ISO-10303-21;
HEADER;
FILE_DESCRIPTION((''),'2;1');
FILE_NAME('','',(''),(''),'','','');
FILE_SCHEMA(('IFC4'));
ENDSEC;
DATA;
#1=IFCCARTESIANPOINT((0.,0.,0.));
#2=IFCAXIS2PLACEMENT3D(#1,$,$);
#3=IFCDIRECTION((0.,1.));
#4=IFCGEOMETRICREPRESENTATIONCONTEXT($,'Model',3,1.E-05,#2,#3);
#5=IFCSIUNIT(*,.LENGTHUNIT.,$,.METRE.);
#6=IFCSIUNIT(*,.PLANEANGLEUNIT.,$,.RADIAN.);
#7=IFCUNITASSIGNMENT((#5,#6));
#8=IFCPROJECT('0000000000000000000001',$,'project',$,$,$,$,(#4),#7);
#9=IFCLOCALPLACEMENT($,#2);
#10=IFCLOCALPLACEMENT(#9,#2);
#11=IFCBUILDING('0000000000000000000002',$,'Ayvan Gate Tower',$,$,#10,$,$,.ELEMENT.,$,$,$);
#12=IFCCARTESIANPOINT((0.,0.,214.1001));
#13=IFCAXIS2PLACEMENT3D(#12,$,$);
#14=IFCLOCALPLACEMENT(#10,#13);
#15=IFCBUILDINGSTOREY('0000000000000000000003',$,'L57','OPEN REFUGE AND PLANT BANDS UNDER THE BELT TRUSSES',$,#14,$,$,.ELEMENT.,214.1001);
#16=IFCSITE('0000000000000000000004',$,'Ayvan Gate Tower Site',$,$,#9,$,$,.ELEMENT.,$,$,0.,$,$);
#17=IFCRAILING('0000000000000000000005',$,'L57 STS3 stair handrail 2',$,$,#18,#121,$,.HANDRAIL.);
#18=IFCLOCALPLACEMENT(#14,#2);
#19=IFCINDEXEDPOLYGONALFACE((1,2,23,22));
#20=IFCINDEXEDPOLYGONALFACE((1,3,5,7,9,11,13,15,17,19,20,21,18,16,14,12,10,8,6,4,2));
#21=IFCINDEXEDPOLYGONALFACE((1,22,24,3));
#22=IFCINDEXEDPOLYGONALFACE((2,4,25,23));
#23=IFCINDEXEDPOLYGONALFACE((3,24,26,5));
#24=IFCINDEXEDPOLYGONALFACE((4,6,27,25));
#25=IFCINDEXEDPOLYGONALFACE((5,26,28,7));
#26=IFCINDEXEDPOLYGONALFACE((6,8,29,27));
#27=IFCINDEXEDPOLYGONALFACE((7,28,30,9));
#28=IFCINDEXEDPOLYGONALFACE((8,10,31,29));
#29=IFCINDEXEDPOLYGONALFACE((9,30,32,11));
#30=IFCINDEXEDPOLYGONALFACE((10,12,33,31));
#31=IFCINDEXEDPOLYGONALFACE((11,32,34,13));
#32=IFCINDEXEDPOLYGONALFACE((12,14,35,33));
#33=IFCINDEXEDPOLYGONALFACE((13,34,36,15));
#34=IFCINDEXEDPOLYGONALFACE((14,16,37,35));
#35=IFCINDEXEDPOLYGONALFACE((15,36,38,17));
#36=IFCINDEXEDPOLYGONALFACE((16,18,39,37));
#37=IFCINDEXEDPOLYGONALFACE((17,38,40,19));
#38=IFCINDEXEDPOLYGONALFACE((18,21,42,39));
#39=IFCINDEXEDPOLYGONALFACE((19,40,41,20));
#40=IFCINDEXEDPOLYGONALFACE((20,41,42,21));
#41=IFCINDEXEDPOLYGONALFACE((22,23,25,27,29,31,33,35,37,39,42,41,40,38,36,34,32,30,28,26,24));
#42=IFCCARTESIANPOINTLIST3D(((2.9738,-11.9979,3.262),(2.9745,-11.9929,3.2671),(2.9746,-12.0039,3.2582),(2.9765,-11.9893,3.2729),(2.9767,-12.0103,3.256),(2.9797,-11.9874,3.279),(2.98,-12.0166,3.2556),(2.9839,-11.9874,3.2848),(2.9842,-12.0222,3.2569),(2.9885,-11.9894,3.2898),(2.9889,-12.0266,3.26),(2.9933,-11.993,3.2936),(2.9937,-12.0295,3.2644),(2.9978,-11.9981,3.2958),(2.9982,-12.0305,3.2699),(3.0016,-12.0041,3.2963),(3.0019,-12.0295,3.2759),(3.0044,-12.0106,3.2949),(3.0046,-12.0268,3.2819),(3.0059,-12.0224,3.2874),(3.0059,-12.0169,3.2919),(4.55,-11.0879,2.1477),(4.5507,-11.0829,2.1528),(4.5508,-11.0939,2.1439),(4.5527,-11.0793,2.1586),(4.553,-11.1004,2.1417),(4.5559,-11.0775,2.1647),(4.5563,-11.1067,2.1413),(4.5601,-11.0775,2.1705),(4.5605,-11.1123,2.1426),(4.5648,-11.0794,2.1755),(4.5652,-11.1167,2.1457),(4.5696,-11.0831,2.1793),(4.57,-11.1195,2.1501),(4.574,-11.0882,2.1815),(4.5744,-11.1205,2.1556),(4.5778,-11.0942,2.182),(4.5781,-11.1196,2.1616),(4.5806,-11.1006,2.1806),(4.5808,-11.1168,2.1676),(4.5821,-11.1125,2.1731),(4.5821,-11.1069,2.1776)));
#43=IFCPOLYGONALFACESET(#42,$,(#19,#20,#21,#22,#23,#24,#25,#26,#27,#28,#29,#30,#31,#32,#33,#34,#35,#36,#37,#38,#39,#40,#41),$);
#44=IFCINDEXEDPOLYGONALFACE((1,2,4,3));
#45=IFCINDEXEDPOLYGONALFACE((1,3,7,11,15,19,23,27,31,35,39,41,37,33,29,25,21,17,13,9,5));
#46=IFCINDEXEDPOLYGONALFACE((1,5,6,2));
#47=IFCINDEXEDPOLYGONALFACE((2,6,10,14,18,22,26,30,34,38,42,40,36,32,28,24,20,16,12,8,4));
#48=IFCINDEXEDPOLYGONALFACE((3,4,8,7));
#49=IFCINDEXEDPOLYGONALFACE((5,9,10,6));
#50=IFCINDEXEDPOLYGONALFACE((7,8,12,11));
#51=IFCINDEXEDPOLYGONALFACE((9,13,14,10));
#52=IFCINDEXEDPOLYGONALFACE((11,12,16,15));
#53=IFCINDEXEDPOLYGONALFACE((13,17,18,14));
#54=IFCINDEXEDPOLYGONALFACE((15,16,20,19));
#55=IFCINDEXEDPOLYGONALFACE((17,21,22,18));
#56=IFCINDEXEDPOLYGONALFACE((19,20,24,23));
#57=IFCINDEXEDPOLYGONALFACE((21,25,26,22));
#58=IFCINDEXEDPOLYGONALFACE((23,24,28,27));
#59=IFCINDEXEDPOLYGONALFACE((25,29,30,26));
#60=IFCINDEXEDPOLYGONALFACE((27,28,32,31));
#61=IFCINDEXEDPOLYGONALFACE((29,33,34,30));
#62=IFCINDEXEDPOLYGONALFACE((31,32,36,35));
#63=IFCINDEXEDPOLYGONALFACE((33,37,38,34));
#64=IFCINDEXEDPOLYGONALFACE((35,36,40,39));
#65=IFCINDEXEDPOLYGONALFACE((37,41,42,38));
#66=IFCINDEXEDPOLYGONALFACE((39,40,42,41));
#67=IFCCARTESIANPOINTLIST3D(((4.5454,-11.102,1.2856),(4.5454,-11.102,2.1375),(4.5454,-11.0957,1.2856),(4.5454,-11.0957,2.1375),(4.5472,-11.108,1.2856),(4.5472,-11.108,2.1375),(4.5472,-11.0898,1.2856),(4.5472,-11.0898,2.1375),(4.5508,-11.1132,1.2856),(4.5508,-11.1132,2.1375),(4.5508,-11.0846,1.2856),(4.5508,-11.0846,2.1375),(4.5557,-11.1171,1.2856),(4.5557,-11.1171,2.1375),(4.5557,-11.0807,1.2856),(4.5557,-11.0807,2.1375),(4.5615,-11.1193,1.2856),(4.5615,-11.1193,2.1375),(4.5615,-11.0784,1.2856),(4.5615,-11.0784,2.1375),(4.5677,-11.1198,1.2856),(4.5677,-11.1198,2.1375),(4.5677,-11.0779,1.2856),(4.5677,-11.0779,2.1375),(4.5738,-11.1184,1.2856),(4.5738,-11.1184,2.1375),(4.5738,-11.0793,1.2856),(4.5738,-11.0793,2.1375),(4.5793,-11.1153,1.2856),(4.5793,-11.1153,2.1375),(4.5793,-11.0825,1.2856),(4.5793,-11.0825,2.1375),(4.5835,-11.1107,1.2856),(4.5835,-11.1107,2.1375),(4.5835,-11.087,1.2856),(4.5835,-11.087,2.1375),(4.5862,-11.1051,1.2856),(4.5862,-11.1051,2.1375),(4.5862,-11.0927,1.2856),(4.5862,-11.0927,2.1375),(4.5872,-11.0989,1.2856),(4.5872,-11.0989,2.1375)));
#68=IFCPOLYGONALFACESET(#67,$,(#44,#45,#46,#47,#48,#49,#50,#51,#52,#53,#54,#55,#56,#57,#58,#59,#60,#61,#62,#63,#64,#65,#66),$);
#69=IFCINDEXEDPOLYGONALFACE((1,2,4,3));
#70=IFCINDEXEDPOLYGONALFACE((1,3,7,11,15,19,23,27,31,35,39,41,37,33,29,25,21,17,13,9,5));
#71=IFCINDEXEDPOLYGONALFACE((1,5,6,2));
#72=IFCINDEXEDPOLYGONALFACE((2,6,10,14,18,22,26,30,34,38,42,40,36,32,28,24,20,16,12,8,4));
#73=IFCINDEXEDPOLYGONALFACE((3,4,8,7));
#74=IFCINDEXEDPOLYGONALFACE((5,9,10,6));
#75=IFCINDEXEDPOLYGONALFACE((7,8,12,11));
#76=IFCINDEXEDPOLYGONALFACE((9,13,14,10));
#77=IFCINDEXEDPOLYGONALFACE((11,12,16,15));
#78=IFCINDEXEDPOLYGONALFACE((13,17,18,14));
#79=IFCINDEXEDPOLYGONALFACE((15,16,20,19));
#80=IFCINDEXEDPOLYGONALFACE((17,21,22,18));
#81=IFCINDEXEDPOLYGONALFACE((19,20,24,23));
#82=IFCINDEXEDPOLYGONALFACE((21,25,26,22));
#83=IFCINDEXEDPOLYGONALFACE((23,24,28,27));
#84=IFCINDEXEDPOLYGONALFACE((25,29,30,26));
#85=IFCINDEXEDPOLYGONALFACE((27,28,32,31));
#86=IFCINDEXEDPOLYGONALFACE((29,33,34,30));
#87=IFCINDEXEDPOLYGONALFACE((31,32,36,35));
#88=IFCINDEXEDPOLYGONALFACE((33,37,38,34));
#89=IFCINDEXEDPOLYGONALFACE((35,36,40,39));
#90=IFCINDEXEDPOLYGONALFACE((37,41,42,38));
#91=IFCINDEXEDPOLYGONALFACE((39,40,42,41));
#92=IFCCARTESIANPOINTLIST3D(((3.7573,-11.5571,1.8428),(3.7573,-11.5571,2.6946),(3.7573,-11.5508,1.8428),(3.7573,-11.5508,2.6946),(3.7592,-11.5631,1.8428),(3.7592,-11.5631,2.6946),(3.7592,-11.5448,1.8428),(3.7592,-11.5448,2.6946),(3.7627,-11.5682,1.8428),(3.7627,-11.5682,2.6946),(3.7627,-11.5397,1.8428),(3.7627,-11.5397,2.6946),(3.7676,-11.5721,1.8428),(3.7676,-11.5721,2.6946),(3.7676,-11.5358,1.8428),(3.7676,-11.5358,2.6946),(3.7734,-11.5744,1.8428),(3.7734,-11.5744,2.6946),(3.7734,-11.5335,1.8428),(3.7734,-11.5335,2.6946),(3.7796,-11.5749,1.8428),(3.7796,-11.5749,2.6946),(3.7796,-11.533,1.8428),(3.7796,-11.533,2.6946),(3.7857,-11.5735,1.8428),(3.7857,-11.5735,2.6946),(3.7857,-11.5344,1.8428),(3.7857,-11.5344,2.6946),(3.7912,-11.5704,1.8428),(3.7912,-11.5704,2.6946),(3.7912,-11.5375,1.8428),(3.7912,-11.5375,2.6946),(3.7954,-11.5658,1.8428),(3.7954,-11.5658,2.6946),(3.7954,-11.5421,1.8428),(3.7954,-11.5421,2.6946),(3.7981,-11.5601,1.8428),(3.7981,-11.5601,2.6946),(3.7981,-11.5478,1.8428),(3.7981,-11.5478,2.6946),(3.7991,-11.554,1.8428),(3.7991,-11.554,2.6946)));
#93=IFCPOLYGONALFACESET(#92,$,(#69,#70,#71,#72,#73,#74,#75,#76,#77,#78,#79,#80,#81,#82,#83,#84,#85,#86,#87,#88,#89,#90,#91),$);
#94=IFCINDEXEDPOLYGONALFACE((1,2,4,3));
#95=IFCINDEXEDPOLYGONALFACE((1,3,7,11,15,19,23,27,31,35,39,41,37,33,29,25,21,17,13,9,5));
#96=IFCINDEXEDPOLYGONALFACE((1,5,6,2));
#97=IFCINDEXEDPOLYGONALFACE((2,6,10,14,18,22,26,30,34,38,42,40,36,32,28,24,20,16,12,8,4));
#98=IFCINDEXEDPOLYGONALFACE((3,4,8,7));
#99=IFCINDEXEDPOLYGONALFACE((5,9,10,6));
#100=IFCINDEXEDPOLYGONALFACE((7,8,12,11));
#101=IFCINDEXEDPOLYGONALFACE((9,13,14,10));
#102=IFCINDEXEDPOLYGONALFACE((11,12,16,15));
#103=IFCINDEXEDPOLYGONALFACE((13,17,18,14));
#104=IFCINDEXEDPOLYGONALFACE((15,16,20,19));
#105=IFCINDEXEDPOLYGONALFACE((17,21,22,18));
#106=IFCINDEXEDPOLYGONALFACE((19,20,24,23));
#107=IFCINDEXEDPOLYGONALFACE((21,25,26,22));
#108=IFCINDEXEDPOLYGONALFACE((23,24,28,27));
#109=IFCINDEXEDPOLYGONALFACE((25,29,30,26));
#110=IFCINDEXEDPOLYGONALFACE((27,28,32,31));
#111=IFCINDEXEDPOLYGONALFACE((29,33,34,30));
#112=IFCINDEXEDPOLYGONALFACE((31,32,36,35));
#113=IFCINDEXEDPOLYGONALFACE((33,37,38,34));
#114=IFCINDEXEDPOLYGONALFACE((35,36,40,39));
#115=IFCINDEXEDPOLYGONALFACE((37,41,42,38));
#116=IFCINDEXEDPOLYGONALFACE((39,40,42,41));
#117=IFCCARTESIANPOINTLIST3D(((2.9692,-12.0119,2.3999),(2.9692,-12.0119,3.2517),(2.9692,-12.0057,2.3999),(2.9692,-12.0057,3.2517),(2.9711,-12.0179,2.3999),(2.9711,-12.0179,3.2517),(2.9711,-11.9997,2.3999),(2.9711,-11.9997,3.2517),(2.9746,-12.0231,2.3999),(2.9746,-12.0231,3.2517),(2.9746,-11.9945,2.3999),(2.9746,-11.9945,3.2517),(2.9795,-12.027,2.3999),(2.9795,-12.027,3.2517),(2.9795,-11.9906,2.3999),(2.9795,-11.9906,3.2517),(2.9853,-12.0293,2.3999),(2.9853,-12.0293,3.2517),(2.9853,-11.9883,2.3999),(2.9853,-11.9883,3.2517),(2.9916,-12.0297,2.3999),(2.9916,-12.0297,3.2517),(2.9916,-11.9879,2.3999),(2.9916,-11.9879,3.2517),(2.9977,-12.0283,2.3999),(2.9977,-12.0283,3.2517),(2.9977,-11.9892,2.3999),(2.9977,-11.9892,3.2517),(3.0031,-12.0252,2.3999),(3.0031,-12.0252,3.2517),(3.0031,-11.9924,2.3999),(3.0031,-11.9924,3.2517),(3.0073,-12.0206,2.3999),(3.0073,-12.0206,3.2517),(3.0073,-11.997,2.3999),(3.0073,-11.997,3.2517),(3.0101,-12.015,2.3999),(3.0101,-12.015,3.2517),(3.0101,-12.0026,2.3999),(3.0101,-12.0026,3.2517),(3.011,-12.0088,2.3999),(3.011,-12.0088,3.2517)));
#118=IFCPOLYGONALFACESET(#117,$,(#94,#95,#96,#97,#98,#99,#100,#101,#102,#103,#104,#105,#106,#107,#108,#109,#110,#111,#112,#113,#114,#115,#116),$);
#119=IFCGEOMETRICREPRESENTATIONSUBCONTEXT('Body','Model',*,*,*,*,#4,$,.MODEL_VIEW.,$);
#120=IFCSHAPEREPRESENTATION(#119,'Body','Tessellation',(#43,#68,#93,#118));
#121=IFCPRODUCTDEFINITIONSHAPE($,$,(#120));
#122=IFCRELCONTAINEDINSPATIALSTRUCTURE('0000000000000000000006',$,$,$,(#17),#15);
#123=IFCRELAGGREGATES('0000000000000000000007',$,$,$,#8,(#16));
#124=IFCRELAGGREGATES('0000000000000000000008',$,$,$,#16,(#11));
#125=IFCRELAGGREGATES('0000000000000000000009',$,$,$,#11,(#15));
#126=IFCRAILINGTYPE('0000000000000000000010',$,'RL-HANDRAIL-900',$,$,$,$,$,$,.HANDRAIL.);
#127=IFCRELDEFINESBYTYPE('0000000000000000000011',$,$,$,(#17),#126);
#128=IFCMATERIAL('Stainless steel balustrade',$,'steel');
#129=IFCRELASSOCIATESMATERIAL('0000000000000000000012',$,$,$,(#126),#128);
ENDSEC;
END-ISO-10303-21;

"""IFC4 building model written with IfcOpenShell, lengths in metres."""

from ifc_helpers import new_model, si_unit, direction, frame, origin, origin_2d, place, context, subcontext, project, spatial, circle, extrude, material, type_object, element, save


model = new_model("IFC4")

# Units and contexts
model_context = context("Model", 3, precision=1e-05, world=origin(), true_north=direction((0.0, 1.0)))
body_context = subcontext(model_context, "Body", "Model", "MODEL_VIEW")
ifc_project = project(units=[si_unit("LENGTHUNIT", "METRE"), si_unit("PLANEANGLEUNIT", "RADIAN")], contexts=[model_context])

# Site, building, storey
site_placement = place(None, origin())
site = spatial("IfcSite", under=ifc_project, at=site_placement, Name="Ayvan Gate Tower Site", CompositionType="ELEMENT", RefElevation=0.0)
building_placement = place(site_placement, origin())
building = spatial("IfcBuilding", under=site, at=building_placement, Name="Ayvan Gate Tower", CompositionType="ELEMENT")
storey_placement = place(building_placement, frame((0.0, 0.0, 214.1001)))
storey = spatial("IfcBuildingStorey", under=building, at=storey_placement, Name="L57", Description="OPEN REFUGE AND PLANT BANDS UNDER THE BELT TRUSSES", CompositionType="ELEMENT", Elevation=214.1001)

# Railing
ifc_material_1 = material(Name="Stainless steel balustrade", Category="steel")
railing_type_1 = type_object("IfcRailingType", Name="RL-HANDRAIL-900", PredefinedType="HANDRAIL", material=ifc_material_1)
for number, where, name in (
    (1, (4.5662, -11.0989, 1.2856), "L57 STS3 stair handrail 2"),
):
    element("IfcRailing", number, at=place(storey_placement, frame(where)), inside=storey, type_object=railing_type_1, Name=name, PredefinedType="HANDRAIL", context=body_context, shape_type="SweptSolid", body=[
        extrude(circle(Radius=0.0239, at=origin_2d()), frame((0.0, 0.0, 0.876), z_axis=(-0.73861, -0.426394, 0.522153), x_axis=(0.499962, -0.866047, 0.0)), (0.0, 0.0, 1.0), 2.134),
        extrude(circle(Radius=0.021, at=origin_2d()), origin(), (0.0, 0.0, 1.0), 0.8518),
        extrude(circle(Radius=0.021, at=origin_2d()), frame((-0.7881, -0.4551, 0.5571)), (0.0, 0.0, 1.0), 0.8518),
        extrude(circle(Radius=0.021, at=origin_2d()), frame((-1.5762, -0.9099, 1.1143)), (0.0, 0.0, 1.0), 0.8518),
    ])

save(model, "model.ifc")
